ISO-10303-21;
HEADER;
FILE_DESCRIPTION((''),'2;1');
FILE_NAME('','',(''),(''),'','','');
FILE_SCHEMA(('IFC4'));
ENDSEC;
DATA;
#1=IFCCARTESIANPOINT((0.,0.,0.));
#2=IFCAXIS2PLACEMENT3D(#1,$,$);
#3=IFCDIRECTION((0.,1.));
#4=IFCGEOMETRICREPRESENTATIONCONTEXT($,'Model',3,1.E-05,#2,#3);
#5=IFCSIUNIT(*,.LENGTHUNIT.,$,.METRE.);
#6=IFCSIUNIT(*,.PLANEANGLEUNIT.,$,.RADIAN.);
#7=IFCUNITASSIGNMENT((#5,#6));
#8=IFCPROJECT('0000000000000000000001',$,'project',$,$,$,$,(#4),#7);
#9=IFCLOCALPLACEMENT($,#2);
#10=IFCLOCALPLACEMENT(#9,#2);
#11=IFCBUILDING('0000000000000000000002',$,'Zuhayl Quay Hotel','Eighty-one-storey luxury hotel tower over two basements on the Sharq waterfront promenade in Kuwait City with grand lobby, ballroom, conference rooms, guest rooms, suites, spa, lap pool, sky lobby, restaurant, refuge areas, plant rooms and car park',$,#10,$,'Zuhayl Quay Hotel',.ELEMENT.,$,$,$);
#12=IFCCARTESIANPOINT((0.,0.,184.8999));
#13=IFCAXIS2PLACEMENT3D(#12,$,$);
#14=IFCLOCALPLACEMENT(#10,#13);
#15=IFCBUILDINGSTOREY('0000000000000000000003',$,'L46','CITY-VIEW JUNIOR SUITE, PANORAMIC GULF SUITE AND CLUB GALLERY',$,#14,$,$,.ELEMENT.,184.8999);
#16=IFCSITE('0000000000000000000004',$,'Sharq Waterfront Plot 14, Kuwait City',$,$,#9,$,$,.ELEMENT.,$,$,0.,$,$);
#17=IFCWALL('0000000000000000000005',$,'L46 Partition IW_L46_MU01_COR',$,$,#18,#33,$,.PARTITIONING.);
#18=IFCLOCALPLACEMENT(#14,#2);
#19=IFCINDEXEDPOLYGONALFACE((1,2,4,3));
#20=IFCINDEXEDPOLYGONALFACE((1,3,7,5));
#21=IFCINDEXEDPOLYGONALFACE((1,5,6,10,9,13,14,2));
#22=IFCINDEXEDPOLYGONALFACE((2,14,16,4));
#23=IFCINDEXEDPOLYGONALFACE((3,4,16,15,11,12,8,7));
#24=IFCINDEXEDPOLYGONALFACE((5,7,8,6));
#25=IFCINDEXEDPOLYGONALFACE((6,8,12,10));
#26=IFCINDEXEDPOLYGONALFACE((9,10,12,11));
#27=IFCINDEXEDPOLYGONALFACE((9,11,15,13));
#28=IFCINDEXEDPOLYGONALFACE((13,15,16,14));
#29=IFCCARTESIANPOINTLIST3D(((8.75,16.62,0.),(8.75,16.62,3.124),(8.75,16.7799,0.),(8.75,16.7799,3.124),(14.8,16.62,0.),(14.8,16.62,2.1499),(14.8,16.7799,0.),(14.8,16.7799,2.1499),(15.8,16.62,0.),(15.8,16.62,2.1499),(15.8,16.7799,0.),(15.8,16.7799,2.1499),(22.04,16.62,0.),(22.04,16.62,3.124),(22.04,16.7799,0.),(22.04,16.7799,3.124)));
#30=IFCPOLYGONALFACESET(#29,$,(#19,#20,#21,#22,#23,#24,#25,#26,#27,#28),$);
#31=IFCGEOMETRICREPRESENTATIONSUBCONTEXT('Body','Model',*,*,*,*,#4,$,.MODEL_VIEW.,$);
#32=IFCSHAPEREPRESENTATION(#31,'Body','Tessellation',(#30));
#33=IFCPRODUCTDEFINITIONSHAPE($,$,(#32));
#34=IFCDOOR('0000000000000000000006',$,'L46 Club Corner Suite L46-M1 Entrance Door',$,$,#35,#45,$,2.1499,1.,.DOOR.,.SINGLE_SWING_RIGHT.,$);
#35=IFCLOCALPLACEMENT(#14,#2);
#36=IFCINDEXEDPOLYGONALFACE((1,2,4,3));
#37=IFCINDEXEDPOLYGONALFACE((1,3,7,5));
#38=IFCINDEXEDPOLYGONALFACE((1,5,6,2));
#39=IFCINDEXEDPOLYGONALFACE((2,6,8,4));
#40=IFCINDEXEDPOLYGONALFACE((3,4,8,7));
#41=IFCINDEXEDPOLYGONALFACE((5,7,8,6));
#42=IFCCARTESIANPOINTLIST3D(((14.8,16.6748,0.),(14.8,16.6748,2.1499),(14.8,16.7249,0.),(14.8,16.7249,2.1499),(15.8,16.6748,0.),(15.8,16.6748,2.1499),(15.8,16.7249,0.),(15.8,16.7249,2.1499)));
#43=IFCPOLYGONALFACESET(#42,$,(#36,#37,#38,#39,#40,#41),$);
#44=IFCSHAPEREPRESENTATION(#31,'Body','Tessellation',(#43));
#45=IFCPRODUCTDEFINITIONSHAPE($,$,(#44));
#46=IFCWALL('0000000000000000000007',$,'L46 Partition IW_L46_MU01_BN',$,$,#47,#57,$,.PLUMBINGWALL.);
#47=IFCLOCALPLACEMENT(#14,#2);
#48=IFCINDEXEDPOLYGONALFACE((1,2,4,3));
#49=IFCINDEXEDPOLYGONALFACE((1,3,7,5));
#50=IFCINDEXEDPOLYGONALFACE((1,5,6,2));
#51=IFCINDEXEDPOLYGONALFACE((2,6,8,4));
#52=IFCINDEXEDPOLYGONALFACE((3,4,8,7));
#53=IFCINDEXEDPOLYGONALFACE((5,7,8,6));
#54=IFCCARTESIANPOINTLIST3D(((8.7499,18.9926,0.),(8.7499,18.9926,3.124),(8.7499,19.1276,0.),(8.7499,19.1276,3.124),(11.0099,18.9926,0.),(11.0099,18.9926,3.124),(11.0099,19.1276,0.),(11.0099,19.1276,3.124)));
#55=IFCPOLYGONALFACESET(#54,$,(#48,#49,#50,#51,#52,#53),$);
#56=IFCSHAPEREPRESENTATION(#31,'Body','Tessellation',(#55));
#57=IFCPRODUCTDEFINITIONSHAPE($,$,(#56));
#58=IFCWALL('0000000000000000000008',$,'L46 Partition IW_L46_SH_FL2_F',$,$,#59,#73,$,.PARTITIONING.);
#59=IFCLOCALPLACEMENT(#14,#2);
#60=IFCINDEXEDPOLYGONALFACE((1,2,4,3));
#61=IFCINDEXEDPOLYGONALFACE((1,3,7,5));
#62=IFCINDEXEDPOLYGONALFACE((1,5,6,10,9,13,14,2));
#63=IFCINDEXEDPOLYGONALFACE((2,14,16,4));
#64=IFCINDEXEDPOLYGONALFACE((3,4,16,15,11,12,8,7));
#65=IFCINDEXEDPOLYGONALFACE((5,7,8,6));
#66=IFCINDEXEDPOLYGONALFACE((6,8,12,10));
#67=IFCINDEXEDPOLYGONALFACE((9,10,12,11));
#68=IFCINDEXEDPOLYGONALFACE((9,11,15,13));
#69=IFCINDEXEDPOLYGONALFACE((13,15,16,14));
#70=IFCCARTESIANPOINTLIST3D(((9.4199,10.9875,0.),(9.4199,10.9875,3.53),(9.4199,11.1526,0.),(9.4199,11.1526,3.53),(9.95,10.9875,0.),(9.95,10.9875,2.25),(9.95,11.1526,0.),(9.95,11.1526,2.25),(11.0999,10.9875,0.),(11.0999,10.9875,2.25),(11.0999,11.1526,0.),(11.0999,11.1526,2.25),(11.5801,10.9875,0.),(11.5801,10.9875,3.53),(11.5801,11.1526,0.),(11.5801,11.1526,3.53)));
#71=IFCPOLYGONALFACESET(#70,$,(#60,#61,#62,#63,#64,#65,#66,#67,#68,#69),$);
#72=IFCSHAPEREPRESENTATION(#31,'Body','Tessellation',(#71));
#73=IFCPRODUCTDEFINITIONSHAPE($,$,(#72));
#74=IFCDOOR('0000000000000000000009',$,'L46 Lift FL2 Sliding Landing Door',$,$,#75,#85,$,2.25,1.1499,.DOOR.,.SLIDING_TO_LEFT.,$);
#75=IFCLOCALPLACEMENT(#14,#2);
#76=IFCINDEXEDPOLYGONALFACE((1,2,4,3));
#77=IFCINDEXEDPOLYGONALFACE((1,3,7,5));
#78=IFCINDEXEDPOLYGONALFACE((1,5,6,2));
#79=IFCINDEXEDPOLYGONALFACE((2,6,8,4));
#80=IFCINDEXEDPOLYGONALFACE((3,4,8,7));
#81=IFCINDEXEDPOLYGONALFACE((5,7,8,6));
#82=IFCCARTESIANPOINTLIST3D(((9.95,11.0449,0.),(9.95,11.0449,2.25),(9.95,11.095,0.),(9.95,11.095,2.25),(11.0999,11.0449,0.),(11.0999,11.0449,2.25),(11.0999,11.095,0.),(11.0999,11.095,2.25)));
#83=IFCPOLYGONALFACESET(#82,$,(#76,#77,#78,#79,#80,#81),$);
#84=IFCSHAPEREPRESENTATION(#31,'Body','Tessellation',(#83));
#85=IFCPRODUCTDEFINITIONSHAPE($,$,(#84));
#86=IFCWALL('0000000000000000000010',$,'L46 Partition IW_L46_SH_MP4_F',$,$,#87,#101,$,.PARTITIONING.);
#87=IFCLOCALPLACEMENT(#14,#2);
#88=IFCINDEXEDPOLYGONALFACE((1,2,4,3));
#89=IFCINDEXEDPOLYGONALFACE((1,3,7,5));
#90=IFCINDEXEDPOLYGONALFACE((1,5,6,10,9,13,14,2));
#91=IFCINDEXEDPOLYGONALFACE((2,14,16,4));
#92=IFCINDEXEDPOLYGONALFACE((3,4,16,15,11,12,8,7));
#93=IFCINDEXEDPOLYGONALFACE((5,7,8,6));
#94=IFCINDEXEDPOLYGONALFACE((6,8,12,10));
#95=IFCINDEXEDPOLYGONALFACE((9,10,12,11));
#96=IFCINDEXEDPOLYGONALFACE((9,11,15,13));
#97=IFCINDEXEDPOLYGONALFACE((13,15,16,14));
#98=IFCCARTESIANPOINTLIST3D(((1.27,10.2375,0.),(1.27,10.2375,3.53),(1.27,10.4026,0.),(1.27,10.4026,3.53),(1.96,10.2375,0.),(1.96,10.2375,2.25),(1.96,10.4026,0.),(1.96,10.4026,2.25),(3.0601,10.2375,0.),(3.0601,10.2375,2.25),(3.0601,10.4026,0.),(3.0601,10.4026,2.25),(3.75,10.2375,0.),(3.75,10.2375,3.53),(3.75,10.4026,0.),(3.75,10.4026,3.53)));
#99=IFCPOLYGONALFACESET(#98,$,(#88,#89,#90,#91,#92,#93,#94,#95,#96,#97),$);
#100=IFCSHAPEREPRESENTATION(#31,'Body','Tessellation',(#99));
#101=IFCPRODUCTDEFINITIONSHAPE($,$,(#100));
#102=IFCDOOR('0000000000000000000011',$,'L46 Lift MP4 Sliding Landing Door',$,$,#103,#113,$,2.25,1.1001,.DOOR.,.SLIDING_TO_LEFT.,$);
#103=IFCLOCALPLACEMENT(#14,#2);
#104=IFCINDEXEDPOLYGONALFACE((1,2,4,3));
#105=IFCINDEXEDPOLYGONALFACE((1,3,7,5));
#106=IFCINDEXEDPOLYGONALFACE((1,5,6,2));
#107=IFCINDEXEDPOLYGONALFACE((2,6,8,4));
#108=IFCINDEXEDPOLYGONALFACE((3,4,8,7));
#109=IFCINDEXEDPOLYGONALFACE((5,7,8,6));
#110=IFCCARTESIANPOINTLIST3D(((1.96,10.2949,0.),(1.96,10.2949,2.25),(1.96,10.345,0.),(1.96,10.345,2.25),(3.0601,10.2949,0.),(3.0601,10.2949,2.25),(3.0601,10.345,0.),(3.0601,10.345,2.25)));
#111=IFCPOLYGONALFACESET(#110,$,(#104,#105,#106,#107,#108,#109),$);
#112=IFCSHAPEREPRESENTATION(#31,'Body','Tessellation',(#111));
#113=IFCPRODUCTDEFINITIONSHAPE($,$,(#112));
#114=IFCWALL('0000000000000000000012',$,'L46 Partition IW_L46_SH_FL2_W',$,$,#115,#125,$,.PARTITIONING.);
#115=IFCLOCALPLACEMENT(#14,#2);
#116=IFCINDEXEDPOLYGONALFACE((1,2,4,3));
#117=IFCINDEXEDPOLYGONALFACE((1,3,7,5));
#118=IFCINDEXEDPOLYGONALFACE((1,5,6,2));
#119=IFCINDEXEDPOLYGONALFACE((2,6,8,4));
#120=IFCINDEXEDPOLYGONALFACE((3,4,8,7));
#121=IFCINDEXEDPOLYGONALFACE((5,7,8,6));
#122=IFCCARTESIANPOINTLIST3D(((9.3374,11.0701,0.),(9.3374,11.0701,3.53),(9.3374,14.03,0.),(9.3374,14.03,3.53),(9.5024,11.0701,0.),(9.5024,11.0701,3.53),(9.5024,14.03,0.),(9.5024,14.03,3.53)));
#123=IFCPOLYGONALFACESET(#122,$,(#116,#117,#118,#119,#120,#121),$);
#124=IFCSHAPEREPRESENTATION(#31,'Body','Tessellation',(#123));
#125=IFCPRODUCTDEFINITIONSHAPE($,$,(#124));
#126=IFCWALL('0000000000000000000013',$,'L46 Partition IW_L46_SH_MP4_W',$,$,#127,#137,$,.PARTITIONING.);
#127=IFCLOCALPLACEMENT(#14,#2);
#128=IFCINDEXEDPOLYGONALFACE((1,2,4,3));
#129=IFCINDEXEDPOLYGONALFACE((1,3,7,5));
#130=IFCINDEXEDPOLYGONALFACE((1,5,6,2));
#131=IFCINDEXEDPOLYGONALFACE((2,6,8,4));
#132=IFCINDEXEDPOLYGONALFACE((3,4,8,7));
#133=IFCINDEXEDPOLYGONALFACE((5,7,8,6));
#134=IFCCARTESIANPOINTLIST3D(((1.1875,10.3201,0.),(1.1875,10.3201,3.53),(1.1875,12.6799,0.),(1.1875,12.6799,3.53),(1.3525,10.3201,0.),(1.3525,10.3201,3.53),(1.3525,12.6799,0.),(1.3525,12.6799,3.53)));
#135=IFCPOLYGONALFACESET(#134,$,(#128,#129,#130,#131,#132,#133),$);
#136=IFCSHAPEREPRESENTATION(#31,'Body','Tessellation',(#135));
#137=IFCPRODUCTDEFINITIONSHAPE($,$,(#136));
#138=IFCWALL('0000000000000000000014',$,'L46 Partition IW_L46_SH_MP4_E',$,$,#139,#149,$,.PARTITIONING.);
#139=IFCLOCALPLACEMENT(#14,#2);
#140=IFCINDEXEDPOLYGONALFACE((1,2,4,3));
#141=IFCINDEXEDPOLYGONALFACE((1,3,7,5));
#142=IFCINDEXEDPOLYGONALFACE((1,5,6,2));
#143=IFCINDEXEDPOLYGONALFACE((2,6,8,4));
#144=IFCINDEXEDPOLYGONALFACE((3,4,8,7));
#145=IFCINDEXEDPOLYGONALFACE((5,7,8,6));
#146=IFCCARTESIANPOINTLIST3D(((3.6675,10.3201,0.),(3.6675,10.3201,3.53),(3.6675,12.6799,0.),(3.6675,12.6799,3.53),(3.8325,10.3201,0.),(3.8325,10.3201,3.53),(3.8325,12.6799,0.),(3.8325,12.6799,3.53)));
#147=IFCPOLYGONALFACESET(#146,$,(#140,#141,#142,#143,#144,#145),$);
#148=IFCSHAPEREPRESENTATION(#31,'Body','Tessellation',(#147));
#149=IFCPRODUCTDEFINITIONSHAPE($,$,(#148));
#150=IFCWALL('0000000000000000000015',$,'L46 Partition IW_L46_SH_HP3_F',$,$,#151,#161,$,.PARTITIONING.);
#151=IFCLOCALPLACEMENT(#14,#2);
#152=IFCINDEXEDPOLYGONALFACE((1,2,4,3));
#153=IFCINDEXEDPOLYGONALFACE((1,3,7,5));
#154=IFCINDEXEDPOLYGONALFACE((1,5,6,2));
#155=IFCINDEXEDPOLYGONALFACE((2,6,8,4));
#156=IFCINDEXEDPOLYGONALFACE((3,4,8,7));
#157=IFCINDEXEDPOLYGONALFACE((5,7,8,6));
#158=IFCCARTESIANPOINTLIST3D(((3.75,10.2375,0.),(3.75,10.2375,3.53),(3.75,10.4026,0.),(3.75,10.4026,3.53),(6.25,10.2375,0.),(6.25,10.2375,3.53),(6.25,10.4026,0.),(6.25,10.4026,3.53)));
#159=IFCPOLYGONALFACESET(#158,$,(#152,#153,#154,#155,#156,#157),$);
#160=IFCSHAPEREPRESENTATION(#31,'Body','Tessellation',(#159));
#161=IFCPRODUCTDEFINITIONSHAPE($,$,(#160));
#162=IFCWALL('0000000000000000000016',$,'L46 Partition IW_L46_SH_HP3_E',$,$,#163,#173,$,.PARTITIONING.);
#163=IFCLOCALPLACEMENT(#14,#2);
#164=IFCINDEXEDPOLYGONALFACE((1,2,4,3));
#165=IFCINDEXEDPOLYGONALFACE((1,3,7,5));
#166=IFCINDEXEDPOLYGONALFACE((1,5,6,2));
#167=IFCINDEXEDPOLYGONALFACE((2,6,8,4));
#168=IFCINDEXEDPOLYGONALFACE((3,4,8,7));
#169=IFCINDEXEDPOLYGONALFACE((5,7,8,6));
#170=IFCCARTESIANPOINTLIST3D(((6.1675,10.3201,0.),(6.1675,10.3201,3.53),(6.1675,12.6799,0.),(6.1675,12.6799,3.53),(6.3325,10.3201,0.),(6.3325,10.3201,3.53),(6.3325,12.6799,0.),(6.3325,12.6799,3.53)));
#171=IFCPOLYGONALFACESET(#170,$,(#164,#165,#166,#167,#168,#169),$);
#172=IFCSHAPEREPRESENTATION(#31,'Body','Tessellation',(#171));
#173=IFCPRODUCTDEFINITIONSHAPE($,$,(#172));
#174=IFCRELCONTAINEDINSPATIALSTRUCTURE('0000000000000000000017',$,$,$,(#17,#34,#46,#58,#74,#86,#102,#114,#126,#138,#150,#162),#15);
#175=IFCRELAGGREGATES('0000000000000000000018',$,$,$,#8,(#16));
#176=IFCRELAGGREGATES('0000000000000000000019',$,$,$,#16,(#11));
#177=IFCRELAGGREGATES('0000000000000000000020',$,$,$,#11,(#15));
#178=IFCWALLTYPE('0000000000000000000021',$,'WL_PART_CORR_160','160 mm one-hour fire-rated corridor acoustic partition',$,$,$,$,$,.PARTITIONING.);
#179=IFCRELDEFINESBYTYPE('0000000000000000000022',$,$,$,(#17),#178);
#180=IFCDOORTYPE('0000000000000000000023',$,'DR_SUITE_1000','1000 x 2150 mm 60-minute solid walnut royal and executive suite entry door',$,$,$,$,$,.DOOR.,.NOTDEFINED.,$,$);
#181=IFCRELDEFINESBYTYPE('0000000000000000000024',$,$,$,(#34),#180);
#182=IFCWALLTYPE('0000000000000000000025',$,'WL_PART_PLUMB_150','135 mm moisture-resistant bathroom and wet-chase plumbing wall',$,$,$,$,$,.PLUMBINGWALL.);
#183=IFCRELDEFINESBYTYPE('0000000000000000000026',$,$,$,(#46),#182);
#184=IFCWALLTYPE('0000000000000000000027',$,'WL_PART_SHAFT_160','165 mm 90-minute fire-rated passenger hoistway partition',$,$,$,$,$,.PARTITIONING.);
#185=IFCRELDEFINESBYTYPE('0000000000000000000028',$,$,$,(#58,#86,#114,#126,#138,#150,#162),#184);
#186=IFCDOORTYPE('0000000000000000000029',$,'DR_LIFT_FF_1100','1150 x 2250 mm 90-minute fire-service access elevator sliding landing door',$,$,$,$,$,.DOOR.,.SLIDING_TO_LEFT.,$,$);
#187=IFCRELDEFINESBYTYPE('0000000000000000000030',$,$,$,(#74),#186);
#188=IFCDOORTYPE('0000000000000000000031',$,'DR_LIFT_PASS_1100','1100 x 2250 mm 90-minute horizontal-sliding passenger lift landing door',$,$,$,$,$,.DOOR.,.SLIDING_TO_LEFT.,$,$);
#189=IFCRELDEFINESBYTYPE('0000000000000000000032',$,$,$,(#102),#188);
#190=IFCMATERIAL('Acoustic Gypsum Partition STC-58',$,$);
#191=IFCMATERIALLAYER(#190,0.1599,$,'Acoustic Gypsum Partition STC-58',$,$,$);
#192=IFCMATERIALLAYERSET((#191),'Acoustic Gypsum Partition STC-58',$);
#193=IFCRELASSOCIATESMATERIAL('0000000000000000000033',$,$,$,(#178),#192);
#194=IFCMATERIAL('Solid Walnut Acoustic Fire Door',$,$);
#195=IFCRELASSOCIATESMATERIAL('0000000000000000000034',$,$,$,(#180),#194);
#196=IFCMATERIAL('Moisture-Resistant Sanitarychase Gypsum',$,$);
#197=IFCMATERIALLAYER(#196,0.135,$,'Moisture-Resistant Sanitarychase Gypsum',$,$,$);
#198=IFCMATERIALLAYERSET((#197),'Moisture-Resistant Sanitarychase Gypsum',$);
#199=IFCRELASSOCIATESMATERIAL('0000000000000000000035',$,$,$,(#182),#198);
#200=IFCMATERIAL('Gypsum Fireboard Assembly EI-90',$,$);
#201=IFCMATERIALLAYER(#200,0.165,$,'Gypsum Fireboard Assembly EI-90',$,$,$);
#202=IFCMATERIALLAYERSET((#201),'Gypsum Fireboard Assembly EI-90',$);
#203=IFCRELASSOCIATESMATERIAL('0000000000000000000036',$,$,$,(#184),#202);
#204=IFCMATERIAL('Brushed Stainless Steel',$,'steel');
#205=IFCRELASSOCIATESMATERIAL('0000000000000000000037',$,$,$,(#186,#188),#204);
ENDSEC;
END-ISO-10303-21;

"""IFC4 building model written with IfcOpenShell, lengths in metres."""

from ifc_helpers import new_model, si_unit, direction, frame, frame_2d, origin, place, context, subcontext, project, spatial, rectangle, extrude, material, layer, layer_set, type_object, element, fill, save


model = new_model("IFC4")

# Units and contexts
model_context = context("Model", 3, precision=1e-05, world=origin(), true_north=direction((0.0, 1.0)))
body_context = subcontext(model_context, "Body", "Model", "MODEL_VIEW")
ifc_project = project(units=[si_unit("LENGTHUNIT", "METRE"), si_unit("PLANEANGLEUNIT", "RADIAN")], contexts=[model_context])

# Site, building, storey
site_placement = place(None, origin())
site = spatial("IfcSite", under=ifc_project, at=site_placement, Name="Sharq Waterfront Plot 14, Kuwait City", CompositionType="ELEMENT", RefElevation=0.0)
building_placement = place(site_placement, origin())
building = spatial("IfcBuilding", under=site, at=building_placement, Name="Zuhayl Quay Hotel", Description="Eighty-one-storey luxury hotel tower over two basements on the Sharq waterfront promenade in Kuwait City with grand lobby, ballroom, conference rooms, guest rooms, suites, spa, lap pool, sky lobby, restaurant, refuge areas, plant rooms and car park", LongName="Zuhayl Quay Hotel", CompositionType="ELEMENT")
storey_placement = place(building_placement, frame((0.0, 0.0, 184.8999)))
storey = spatial("IfcBuildingStorey", under=building, at=storey_placement, Name="L46", Description="CITY-VIEW JUNIOR SUITE, PANORAMIC GULF SUITE AND CLUB GALLERY", CompositionType="ELEMENT", Elevation=184.8999)

# Shared definitions
ifc_material_1 = material(Name="Acoustic Gypsum Partition STC-58")

# Wall, opening, door
ifc_layer_1 = layer(ifc_material_1, 0.1599, Name="Acoustic Gypsum Partition STC-58")
ifc_layer_set_1 = layer_set([ifc_layer_1], Name="Acoustic Gypsum Partition STC-58")
wall_type_1 = type_object("IfcWallType", Name="WL_PART_CORR_160", Description="160 mm one-hour fire-rated corridor acoustic partition", PredefinedType="PARTITIONING", material=ifc_layer_set_1)
ifc_material_2 = material(Name="Solid Walnut Acoustic Fire Door")
wall_1_placement = place(storey_placement, frame((8.75, 16.7, 0.0), z_axis=(0.0, 0.0, 1.0), x_axis=(1.0, 0.0, 0.0)))
wall_1 = element("IfcWall", 1, at=wall_1_placement, inside=storey, type_object=wall_type_1, Name="L46 Partition IW_L46_MU01_COR", PredefinedType="PARTITIONING", context=body_context, shape_type="SweptSolid", body=[
    extrude(rectangle(XDim=13.29, YDim=0.1599, at=frame_2d((6.645, 0.0))), origin(), (0.0, 0.0, 1.0), 3.124),
])
opening_1_placement = place(wall_1_placement, frame((6.05, 0.0, 0.0)))
opening_1 = element("IfcOpeningElement", 2, at=opening_1_placement, cuts=wall_1, PredefinedType="OPENING", context=body_context, shape_type="SweptSolid", body=[
    extrude(rectangle(XDim=1.0, YDim=2.1499, at=frame_2d((0.5, 1.075))), frame((0.0, 0.0898, 0.0), z_axis=(0.0, -1.0, 0.0), x_axis=(1.0, 0.0, 0.0)), (0.0, 0.0, 1.0), 0.1799),
])
door_type_1 = type_object("IfcDoorType", Name="DR_SUITE_1000", Description="1000 x 2150 mm 60-minute solid walnut royal and executive suite entry door", OperationType="NOTDEFINED", PredefinedType="DOOR", material=ifc_material_2)
door_1_placement = place(opening_1_placement, origin())
door_1 = element("IfcDoor", 3, at=door_1_placement, inside=storey, type_object=door_type_1, Name="L46 Club Corner Suite L46-M1 Entrance Door", OperationType="SINGLE_SWING_RIGHT", OverallHeight=2.1499, OverallWidth=1.0, PredefinedType="DOOR", context=body_context, shape_type="SweptSolid", body=[
    extrude(rectangle(XDim=1.0, YDim=2.1499, at=frame_2d((0.5, 1.075))), frame((0.0, 0.0249, 0.0), z_axis=(0.0, -1.0, 0.0), x_axis=(1.0, 0.0, 0.0)), (0.0, 0.0, 1.0), 0.05),
])
fill(opening_1, door_1)

# Wall
ifc_material_3 = material(Name="Moisture-Resistant Sanitarychase Gypsum")
ifc_layer_2 = layer(ifc_material_3, 0.135, Name="Moisture-Resistant Sanitarychase Gypsum")
ifc_layer_set_2 = layer_set([ifc_layer_2], Name="Moisture-Resistant Sanitarychase Gypsum")
wall_type_2 = type_object("IfcWallType", Name="WL_PART_PLUMB_150", Description="135 mm moisture-resistant bathroom and wet-chase plumbing wall", PredefinedType="PLUMBINGWALL", material=ifc_layer_set_2)
wall_2_placement = place(storey_placement, frame((8.75, 19.0601, 0.0), z_axis=(0.0, 0.0, 1.0), x_axis=(1.0, 0.0, 0.0)))
element("IfcWall", 4, at=wall_2_placement, inside=storey, type_object=wall_type_2, Name="L46 Partition IW_L46_MU01_BN", PredefinedType="PLUMBINGWALL", context=body_context, shape_type="SweptSolid", body=[
    extrude(rectangle(XDim=2.26, YDim=0.135, at=frame_2d((1.1299, 0.0))), origin(), (0.0, 0.0, 1.0), 3.124),
])

# Walls, openings, doors
ifc_material_4 = material(Name="Gypsum Fireboard Assembly EI-90")
ifc_layer_3 = layer(ifc_material_4, 0.165, Name="Gypsum Fireboard Assembly EI-90")
ifc_layer_set_3 = layer_set([ifc_layer_3], Name="Gypsum Fireboard Assembly EI-90")
wall_type_3 = type_object("IfcWallType", Name="WL_PART_SHAFT_160", Description="165 mm 90-minute fire-rated passenger hoistway partition", PredefinedType="PARTITIONING", material=ifc_layer_set_3)
wall_3_placement = place(storey_placement, frame((9.4199, 11.0701, 0.0), z_axis=(0.0, 0.0, 1.0), x_axis=(1.0, 0.0, 0.0)))
wall_3 = element("IfcWall", 5, at=wall_3_placement, inside=storey, type_object=wall_type_3, Name="L46 Partition IW_L46_SH_FL2_F", PredefinedType="PARTITIONING", context=body_context, shape_type="SweptSolid", body=[
    extrude(rectangle(XDim=2.1602, YDim=0.165, at=frame_2d((1.0801, 0.0))), origin(), (0.0, 0.0, 1.0), 3.53),
])
opening_2_placement = place(wall_3_placement, frame((0.53, 0.0, 0.0)))
opening_2 = element("IfcOpeningElement", 6, at=opening_2_placement, cuts=wall_3, PredefinedType="OPENING", context=body_context, shape_type="SweptSolid", body=[
    extrude(rectangle(XDim=1.1499, YDim=2.25, at=frame_2d((0.575, 1.125))), frame((0.0, 0.0925, 0.0), z_axis=(0.0, -1.0, 0.0), x_axis=(1.0, 0.0, 0.0)), (0.0, 0.0, 1.0), 0.1851),
])
ifc_material_5 = material(Name="Brushed Stainless Steel", Category="steel")
door_type_2 = type_object("IfcDoorType", Name="DR_LIFT_FF_1100", Description="1150 x 2250 mm 90-minute fire-service access elevator sliding landing door", OperationType="SLIDING_TO_LEFT", PredefinedType="DOOR", material=ifc_material_5)
door_2_placement = place(opening_2_placement, origin())
door_2 = element("IfcDoor", 7, at=door_2_placement, inside=storey, type_object=door_type_2, Name="L46 Lift FL2 Sliding Landing Door", OperationType="SLIDING_TO_LEFT", OverallHeight=2.25, OverallWidth=1.1499, PredefinedType="DOOR", context=body_context, shape_type="SweptSolid", body=[
    extrude(rectangle(XDim=1.1499, YDim=2.25, at=frame_2d((0.575, 1.125))), frame((0.0, 0.0249, 0.0), z_axis=(0.0, -1.0, 0.0), x_axis=(1.0, 0.0, 0.0)), (0.0, 0.0, 1.0), 0.05),
])
fill(opening_2, door_2)
wall_4_placement = place(storey_placement, frame((1.27, 10.3201, 0.0), z_axis=(0.0, 0.0, 1.0), x_axis=(1.0, 0.0, 0.0)))
wall_4 = element("IfcWall", 8, at=wall_4_placement, inside=storey, type_object=wall_type_3, Name="L46 Partition IW_L46_SH_MP4_F", PredefinedType="PARTITIONING", context=body_context, shape_type="SweptSolid", body=[
    extrude(rectangle(XDim=2.48, YDim=0.165, at=frame_2d((1.24, 0.0))), origin(), (0.0, 0.0, 1.0), 3.53),
])
opening_3_placement = place(wall_4_placement, frame((0.6899, 0.0, 0.0)))
opening_3 = element("IfcOpeningElement", 9, at=opening_3_placement, cuts=wall_4, PredefinedType="OPENING", context=body_context, shape_type="SweptSolid", body=[
    extrude(rectangle(XDim=1.1001, YDim=2.25, at=frame_2d((0.55, 1.125))), frame((0.0, 0.0925, 0.0), z_axis=(0.0, -1.0, 0.0), x_axis=(1.0, 0.0, 0.0)), (0.0, 0.0, 1.0), 0.1851),
])
door_type_3 = type_object("IfcDoorType", Name="DR_LIFT_PASS_1100", Description="1100 x 2250 mm 90-minute horizontal-sliding passenger lift landing door", OperationType="SLIDING_TO_LEFT", PredefinedType="DOOR", material=ifc_material_5)
door_3_placement = place(opening_3_placement, origin())
door_3 = element("IfcDoor", 10, at=door_3_placement, inside=storey, type_object=door_type_3, Name="L46 Lift MP4 Sliding Landing Door", OperationType="SLIDING_TO_LEFT", OverallHeight=2.25, OverallWidth=1.1001, PredefinedType="DOOR", context=body_context, shape_type="SweptSolid", body=[
    extrude(rectangle(XDim=1.1001, YDim=2.25, at=frame_2d((0.55, 1.125))), frame((0.0, 0.0249, 0.0), z_axis=(0.0, -1.0, 0.0), x_axis=(1.0, 0.0, 0.0)), (0.0, 0.0, 1.0), 0.05),
])
fill(opening_3, door_3)

# Walls
wall_5_placement = place(storey_placement, frame((9.4199, 11.0701, 0.0), z_axis=(0.0, 0.0, 1.0), x_axis=(0.0, 1.0, 0.0)))
element("IfcWall", 11, at=wall_5_placement, inside=storey, type_object=wall_type_3, Name="L46 Partition IW_L46_SH_FL2_W", PredefinedType="PARTITIONING", context=body_context, shape_type="SweptSolid", body=[
    extrude(rectangle(XDim=2.96, YDim=0.165, at=frame_2d((1.48, 0.0))), origin(), (0.0, 0.0, 1.0), 3.53),
])
for number, where, z_axis, x_axis, name in (
    (12, (1.27, 10.3201, 0.0), (0.0, 0.0, 1.0), (0.0, 1.0, 0.0), "L46 Partition IW_L46_SH_MP4_W"),
    (13, (3.75, 10.3201, 0.0), (0.0, 0.0, 1.0), (0.0, 1.0, 0.0), "L46 Partition IW_L46_SH_MP4_E"),
):
    element("IfcWall", number, at=place(storey_placement, frame(where, z_axis=z_axis, x_axis=x_axis)), inside=storey, type_object=wall_type_3, Name=name, PredefinedType="PARTITIONING", context=body_context, shape_type="SweptSolid", body=[
        extrude(rectangle(XDim=2.3599, YDim=0.165, at=frame_2d((1.1799, 0.0))), origin(), (0.0, 0.0, 1.0), 3.53),
    ])
wall_6_placement = place(storey_placement, frame((3.75, 10.3201, 0.0), z_axis=(0.0, 0.0, 1.0), x_axis=(1.0, 0.0, 0.0)))
element("IfcWall", 14, at=wall_6_placement, inside=storey, type_object=wall_type_3, Name="L46 Partition IW_L46_SH_HP3_F", PredefinedType="PARTITIONING", context=body_context, shape_type="SweptSolid", body=[
    extrude(rectangle(XDim=2.5, YDim=0.165, at=frame_2d((1.25, 0.0))), origin(), (0.0, 0.0, 1.0), 3.53),
])
wall_7_placement = place(storey_placement, frame((6.25, 10.3201, 0.0), z_axis=(0.0, 0.0, 1.0), x_axis=(0.0, 1.0, 0.0)))
element("IfcWall", 15, at=wall_7_placement, inside=storey, type_object=wall_type_3, Name="L46 Partition IW_L46_SH_HP3_E", PredefinedType="PARTITIONING", context=body_context, shape_type="SweptSolid", body=[
    extrude(rectangle(XDim=2.3599, YDim=0.165, at=frame_2d((1.1799, 0.0))), origin(), (0.0, 0.0, 1.0), 3.53),
])

save(model, "model.ifc")
